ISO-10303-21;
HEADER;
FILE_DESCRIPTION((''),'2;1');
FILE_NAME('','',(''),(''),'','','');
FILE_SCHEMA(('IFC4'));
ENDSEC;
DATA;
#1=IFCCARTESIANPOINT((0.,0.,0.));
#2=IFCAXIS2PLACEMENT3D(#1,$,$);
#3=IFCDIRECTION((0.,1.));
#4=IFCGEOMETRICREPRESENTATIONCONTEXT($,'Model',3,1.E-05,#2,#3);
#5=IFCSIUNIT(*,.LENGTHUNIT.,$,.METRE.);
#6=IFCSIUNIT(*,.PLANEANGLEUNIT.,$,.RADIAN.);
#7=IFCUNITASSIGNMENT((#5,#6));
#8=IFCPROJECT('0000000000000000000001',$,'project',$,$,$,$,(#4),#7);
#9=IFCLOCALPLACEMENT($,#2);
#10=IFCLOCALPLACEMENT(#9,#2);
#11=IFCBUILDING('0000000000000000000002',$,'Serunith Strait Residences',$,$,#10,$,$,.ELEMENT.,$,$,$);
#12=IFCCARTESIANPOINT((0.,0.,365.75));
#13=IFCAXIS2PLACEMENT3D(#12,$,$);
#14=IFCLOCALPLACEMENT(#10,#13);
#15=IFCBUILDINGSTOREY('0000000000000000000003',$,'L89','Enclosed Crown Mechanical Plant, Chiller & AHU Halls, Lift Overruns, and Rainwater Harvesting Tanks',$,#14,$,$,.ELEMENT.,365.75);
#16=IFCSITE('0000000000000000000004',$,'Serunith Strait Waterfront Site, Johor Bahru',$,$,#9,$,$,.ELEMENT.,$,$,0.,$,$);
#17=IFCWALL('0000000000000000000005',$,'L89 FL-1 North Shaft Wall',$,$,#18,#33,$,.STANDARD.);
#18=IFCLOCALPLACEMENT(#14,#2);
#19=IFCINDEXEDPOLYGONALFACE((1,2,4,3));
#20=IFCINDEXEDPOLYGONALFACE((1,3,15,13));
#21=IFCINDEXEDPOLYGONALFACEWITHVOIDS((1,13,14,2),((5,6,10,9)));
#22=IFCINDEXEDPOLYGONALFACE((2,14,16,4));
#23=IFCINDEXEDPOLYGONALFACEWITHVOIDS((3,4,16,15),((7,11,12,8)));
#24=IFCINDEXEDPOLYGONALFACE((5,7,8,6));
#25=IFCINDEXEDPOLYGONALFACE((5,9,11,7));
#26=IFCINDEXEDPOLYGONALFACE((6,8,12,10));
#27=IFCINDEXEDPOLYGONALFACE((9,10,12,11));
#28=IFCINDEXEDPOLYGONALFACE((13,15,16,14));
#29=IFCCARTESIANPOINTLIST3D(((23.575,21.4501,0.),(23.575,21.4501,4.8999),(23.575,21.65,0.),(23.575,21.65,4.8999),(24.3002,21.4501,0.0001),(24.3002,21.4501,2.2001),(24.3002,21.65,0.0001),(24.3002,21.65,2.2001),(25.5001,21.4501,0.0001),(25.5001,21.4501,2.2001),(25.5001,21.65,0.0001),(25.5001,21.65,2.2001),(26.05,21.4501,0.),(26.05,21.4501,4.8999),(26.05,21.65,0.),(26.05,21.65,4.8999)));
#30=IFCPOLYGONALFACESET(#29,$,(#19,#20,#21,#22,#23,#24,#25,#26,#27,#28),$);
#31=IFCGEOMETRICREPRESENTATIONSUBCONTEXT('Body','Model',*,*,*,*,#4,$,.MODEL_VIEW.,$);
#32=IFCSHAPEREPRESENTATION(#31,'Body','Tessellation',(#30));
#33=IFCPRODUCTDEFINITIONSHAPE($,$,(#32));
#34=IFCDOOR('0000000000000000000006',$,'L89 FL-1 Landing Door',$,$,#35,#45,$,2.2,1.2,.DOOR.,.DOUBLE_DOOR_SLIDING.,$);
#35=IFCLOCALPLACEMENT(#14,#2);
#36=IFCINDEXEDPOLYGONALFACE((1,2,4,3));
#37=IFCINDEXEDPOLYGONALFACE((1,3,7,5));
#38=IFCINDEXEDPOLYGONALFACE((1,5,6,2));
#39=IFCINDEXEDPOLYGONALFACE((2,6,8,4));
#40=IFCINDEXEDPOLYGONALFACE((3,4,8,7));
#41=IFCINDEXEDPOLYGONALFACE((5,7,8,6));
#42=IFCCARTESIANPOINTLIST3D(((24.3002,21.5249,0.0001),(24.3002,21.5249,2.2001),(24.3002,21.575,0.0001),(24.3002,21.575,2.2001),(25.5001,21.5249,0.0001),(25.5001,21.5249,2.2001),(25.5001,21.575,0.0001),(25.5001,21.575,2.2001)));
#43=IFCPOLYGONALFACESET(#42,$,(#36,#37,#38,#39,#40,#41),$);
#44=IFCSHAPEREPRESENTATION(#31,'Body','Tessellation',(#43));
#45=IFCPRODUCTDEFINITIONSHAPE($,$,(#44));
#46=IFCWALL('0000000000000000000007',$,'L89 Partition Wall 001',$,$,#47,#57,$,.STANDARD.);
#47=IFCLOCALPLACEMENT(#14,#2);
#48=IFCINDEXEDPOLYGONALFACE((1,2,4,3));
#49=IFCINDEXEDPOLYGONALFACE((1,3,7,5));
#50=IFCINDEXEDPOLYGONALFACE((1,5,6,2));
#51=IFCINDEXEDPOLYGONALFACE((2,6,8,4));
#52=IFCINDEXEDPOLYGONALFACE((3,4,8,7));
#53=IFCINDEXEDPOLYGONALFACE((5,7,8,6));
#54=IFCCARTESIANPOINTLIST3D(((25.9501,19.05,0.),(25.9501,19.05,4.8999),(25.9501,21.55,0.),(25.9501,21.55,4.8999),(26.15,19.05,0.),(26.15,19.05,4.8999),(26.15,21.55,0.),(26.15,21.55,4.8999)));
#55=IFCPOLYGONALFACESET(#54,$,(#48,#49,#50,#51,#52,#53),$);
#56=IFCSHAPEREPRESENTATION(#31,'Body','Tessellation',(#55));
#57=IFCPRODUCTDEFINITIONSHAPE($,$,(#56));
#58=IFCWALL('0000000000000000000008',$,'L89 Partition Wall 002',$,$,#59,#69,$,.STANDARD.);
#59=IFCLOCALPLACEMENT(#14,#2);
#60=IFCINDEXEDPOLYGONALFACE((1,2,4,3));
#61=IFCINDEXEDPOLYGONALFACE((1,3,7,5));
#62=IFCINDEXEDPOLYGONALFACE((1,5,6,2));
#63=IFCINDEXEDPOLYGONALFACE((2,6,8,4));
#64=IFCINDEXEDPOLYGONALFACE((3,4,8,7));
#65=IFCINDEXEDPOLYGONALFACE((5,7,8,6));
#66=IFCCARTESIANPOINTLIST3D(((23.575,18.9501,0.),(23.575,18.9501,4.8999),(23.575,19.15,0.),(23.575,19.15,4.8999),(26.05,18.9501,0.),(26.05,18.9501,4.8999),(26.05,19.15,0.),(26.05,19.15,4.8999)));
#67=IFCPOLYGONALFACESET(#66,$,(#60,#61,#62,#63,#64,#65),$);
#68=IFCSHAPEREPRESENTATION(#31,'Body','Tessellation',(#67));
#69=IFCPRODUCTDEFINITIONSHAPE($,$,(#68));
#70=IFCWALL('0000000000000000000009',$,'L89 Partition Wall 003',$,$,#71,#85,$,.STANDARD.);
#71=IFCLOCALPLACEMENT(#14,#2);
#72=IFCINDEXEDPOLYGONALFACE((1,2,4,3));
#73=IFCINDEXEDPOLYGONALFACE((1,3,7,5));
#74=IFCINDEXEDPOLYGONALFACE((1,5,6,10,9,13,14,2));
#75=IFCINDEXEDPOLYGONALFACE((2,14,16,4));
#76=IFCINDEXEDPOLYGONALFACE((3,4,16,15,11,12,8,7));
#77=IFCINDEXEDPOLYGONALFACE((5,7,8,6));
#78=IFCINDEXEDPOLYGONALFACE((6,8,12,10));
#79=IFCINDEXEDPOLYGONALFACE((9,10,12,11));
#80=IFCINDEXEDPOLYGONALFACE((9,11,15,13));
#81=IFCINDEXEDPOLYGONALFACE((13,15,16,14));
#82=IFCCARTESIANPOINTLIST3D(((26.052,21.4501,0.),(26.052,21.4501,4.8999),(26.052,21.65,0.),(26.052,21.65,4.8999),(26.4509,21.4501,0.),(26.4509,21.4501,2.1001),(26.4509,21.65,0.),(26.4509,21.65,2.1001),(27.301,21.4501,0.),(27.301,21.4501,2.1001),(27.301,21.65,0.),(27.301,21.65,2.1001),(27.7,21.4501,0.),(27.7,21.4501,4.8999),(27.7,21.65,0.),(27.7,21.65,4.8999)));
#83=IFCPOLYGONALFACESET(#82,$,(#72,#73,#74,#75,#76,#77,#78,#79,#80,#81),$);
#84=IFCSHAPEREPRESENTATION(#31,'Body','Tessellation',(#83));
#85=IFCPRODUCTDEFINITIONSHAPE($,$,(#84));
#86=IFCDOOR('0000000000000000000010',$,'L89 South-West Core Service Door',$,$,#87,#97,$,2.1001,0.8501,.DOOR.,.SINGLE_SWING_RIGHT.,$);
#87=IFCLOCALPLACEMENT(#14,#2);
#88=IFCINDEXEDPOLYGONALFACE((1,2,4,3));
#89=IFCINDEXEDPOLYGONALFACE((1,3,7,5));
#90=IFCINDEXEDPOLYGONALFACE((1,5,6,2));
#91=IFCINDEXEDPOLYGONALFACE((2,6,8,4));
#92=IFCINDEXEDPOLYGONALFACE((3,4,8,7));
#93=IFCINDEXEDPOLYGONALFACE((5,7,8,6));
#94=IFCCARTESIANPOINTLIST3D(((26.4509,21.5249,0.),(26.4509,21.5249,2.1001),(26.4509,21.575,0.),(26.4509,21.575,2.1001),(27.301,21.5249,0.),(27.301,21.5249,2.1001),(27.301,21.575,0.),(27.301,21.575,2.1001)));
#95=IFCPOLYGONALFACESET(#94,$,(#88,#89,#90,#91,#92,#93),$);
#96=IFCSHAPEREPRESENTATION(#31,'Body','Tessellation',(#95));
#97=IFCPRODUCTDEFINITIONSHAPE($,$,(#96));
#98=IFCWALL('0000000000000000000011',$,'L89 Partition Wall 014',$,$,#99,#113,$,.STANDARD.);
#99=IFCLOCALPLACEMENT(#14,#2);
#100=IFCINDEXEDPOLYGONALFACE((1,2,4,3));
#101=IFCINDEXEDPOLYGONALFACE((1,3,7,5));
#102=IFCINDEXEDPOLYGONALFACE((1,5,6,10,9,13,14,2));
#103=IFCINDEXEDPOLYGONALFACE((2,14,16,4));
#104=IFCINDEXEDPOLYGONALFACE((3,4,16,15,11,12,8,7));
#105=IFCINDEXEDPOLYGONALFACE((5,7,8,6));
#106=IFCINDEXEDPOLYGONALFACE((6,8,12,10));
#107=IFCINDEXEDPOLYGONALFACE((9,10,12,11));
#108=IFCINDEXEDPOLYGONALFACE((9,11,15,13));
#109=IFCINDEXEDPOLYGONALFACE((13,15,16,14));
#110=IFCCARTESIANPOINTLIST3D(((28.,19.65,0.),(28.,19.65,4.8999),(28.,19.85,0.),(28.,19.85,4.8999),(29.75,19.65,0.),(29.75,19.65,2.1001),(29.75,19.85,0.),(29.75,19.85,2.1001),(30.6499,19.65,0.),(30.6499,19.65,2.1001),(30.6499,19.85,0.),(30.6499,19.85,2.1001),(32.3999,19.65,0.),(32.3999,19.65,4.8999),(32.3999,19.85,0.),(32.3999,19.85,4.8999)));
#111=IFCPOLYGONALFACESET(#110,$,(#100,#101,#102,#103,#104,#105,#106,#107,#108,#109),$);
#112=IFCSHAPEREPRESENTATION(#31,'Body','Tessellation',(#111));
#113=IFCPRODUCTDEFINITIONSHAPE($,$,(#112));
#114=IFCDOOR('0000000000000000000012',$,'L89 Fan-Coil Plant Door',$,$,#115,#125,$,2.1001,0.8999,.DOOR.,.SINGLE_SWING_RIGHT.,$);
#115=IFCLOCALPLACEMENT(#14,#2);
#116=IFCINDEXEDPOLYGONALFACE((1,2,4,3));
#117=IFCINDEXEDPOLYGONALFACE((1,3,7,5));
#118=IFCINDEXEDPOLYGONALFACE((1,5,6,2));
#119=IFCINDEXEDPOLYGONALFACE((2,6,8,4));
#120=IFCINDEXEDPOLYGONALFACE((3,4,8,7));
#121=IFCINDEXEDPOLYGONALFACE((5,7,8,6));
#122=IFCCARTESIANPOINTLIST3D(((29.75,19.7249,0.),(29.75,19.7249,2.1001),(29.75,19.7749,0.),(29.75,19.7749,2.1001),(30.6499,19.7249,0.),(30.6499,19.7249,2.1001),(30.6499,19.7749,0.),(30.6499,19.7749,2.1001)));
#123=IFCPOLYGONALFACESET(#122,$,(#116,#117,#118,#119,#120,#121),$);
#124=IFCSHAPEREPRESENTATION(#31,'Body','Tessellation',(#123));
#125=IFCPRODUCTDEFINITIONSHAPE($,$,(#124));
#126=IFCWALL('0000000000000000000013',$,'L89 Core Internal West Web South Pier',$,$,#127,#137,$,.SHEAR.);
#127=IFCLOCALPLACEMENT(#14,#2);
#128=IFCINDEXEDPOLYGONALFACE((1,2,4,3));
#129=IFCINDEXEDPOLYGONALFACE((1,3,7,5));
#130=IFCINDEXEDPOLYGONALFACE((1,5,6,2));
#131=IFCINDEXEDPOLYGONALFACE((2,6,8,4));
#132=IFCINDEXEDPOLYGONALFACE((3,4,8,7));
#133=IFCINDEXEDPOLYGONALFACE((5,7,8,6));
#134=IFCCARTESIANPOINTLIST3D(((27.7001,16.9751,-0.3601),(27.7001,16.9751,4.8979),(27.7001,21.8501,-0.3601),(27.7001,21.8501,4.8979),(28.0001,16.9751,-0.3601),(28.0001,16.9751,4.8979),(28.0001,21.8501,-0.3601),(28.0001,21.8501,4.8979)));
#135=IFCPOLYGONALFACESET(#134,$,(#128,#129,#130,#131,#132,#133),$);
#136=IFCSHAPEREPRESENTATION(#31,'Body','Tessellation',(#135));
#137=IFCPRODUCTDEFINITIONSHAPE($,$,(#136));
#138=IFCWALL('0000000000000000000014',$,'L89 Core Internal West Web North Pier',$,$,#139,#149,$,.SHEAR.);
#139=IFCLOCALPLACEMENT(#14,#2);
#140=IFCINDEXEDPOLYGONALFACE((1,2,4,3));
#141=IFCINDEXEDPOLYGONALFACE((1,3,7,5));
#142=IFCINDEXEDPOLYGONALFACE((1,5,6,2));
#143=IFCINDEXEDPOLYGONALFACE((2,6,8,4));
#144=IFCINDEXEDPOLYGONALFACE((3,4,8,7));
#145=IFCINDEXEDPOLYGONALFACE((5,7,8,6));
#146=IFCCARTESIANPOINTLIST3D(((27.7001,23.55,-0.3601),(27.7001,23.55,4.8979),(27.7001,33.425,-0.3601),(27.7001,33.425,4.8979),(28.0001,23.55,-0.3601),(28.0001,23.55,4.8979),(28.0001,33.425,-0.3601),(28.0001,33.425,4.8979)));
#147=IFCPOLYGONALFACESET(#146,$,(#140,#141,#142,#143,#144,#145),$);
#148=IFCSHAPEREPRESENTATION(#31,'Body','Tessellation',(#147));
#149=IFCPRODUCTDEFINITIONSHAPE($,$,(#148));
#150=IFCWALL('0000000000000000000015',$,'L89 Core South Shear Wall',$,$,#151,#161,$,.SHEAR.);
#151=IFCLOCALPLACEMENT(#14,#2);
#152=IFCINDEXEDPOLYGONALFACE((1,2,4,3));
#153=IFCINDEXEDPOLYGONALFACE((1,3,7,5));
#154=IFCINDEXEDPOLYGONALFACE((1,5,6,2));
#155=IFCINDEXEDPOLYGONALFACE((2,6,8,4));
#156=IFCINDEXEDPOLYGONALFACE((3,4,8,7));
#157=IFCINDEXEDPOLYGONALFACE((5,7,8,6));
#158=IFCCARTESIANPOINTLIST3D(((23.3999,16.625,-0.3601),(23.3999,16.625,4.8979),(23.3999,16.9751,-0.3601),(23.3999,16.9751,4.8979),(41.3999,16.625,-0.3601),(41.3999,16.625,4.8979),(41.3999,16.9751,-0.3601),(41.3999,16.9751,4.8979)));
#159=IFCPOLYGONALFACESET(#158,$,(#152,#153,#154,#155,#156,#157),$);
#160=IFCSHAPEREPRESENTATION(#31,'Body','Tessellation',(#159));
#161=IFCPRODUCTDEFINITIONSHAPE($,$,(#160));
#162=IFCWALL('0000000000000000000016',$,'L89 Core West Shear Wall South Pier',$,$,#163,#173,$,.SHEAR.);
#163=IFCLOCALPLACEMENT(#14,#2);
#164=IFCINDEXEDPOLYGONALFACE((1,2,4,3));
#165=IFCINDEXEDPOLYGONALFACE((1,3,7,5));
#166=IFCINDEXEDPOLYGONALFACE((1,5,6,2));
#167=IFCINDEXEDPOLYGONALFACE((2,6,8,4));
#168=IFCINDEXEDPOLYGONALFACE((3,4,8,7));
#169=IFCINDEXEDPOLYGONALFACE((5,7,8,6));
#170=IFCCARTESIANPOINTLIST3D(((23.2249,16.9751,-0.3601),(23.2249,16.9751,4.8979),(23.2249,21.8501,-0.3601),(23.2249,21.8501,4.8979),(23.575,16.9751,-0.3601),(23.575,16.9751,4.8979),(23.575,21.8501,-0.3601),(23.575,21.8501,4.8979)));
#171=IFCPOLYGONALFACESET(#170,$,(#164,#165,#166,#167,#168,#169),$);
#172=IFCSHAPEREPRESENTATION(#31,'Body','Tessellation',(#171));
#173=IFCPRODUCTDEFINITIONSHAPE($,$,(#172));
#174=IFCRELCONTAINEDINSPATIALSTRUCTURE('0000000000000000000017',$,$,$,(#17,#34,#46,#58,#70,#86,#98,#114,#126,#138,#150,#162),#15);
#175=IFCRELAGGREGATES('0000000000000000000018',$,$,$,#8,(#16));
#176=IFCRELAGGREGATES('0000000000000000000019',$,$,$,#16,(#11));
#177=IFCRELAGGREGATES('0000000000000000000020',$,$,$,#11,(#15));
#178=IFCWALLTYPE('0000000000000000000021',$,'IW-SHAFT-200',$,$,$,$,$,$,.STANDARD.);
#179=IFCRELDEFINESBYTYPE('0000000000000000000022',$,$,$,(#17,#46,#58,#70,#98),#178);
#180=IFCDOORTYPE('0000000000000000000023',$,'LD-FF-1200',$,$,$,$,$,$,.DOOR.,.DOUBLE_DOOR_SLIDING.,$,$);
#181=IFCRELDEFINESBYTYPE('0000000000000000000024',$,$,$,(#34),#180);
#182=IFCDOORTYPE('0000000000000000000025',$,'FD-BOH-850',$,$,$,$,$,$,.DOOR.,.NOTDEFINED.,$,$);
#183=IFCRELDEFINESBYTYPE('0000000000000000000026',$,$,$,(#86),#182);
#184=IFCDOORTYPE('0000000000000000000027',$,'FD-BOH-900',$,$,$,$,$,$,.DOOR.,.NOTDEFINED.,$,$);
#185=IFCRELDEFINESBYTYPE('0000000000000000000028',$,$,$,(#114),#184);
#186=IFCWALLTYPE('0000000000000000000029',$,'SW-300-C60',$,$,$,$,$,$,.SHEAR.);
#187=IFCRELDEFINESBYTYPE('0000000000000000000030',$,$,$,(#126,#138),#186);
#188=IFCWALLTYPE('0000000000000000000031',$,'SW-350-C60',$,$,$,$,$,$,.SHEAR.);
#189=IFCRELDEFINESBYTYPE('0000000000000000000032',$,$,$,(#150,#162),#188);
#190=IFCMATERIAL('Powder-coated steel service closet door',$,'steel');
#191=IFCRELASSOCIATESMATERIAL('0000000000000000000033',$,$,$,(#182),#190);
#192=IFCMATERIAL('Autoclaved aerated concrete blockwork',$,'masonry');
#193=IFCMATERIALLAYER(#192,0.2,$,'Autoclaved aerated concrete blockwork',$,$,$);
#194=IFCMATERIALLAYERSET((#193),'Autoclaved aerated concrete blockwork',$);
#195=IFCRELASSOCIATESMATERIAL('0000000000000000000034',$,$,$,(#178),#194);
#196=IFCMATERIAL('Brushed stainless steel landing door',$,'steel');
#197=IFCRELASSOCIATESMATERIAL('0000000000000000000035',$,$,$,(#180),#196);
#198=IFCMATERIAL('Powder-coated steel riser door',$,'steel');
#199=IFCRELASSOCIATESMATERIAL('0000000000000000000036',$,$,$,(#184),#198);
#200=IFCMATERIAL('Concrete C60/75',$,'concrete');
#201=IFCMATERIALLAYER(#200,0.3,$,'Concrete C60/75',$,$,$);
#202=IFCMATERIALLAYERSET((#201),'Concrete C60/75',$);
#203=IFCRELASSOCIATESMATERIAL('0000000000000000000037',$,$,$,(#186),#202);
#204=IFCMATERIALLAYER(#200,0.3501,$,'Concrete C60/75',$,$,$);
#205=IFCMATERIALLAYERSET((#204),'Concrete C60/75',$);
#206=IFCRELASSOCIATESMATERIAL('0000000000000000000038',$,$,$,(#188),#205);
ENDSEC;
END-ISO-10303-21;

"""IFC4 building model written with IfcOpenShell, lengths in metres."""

from ifc_helpers import new_model, si_unit, direction, frame, frame_2d, origin, place, context, subcontext, project, spatial, rectangle, extrude, source, transform, mapped, material, layer, layer_set, type_object, element, fill, save


model = new_model("IFC4")

# Units and contexts
model_context = context("Model", 3, precision=1e-05, world=origin(), true_north=direction((0.0, 1.0)))
body_context = subcontext(model_context, "Body", "Model", "MODEL_VIEW")
ifc_project = project(units=[si_unit("LENGTHUNIT", "METRE"), si_unit("PLANEANGLEUNIT", "RADIAN")], contexts=[model_context])

# Site, building, storey
site_placement = place(None, origin())
site = spatial("IfcSite", under=ifc_project, at=site_placement, Name="Serunith Strait Waterfront Site, Johor Bahru", CompositionType="ELEMENT", RefElevation=0.0)
building_placement = place(site_placement, origin())
building = spatial("IfcBuilding", under=site, at=building_placement, Name="Serunith Strait Residences", CompositionType="ELEMENT")
storey_placement = place(building_placement, frame((0.0, 0.0, 365.75)))
storey = spatial("IfcBuildingStorey", under=building, at=storey_placement, Name="L89", Description="Enclosed Crown Mechanical Plant, Chiller & AHU Halls, Lift Overruns, and Rainwater Harvesting Tanks", CompositionType="ELEMENT", Elevation=365.75)

# Wall, opening, door
ifc_material_1 = material(Name="Powder-coated steel service closet door", Category="steel")
door_type_1 = type_object("IfcDoorType", Name="FD-BOH-850", OperationType="NOTDEFINED", PredefinedType="DOOR", material=ifc_material_1)
shared_shape_1 = source(origin(), body_context, "Body", "SweptSolid", [
    extrude(rectangle(XDim=0.8501, YDim=2.1001, at=frame_2d((0.425, 1.05))), frame((0.0, 0.0249, 0.0), z_axis=(0.0, -1.0, 0.0), x_axis=(1.0, 0.0, 0.0)), (0.0, 0.0, 1.0), 0.05),
])
ifc_material_2 = material(Name="Autoclaved aerated concrete blockwork", Category="masonry")
ifc_layer_1 = layer(ifc_material_2, 0.2, Name="Autoclaved aerated concrete blockwork")
ifc_layer_set_1 = layer_set([ifc_layer_1], Name="Autoclaved aerated concrete blockwork")
wall_type_1 = type_object("IfcWallType", Name="IW-SHAFT-200", PredefinedType="STANDARD", material=ifc_layer_set_1)
wall_1_placement = place(storey_placement, frame((23.575, 21.55, 0.0), z_axis=(0.0, 0.0, 1.0), x_axis=(1.0, 0.0, 0.0)))
wall_1 = element("IfcWall", 1, at=wall_1_placement, inside=storey, type_object=wall_type_1, Name="L89 FL-1 North Shaft Wall", PredefinedType="STANDARD", context=body_context, shape_type="SweptSolid", body=[
    extrude(rectangle(XDim=2.4751, YDim=0.2, at=frame_2d((1.2375, 0.0))), origin(), (0.0, 0.0, 1.0), 4.8999),
])
opening_1_placement = place(wall_1_placement, frame((0.7251, 0.0, 0.0)))
opening_1 = element("IfcOpeningElement", 2, at=opening_1_placement, cuts=wall_1, PredefinedType="OPENING", context=body_context, shape_type="SweptSolid", body=[
    extrude(rectangle(XDim=1.2, YDim=2.2, at=frame_2d((0.6001, 1.1001))), frame((0.0, 0.1099, 0.0), z_axis=(0.0, -1.0, 0.0), x_axis=(1.0, 0.0, 0.0)), (0.0, 0.0, 1.0), 0.22),
])
ifc_material_3 = material(Name="Brushed stainless steel landing door", Category="steel")
door_type_2 = type_object("IfcDoorType", Name="LD-FF-1200", OperationType="DOUBLE_DOOR_SLIDING", PredefinedType="DOOR", material=ifc_material_3)
shared_shape_2 = source(origin(), body_context, "Body", "SweptSolid", [
    extrude(rectangle(XDim=1.2, YDim=2.2, at=frame_2d((0.6001, 1.1001))), frame((0.0, 0.0249, 0.0), z_axis=(0.0, -1.0, 0.0), x_axis=(1.0, 0.0, 0.0)), (0.0, 0.0, 1.0), 0.05),
])
door_1_placement = place(opening_1_placement, origin())
door_1 = element("IfcDoor", 3, at=door_1_placement, inside=storey, type_object=door_type_2, Name="L89 FL-1 Landing Door", OperationType="DOUBLE_DOOR_SLIDING", OverallHeight=2.2, OverallWidth=1.2, PredefinedType="DOOR", context=body_context, shape_type="MappedRepresentation", body=[
    mapped(shared_shape_2, transform((0.0, 0.0, 0.0), scale=1.0)),
])
fill(opening_1, door_1)

# Walls
wall_2_placement = place(storey_placement, frame((26.05, 19.05, 0.0), z_axis=(0.0, 0.0, 1.0), x_axis=(0.0, 1.0, 0.0)))
element("IfcWall", 4, at=wall_2_placement, inside=storey, type_object=wall_type_1, Name="L89 Partition Wall 001", PredefinedType="STANDARD", context=body_context, shape_type="SweptSolid", body=[
    extrude(rectangle(XDim=2.5, YDim=0.2, at=frame_2d((1.25, 0.0))), origin(), (0.0, 0.0, 1.0), 4.8999),
])
wall_3_placement = place(storey_placement, frame((23.575, 19.05, 0.0), z_axis=(0.0, 0.0, 1.0), x_axis=(1.0, 0.0, 0.0)))
element("IfcWall", 5, at=wall_3_placement, inside=storey, type_object=wall_type_1, Name="L89 Partition Wall 002", PredefinedType="STANDARD", context=body_context, shape_type="SweptSolid", body=[
    extrude(rectangle(XDim=2.4751, YDim=0.2, at=frame_2d((1.2375, 0.0))), origin(), (0.0, 0.0, 1.0), 4.8999),
])

# Walls, openings, doors
wall_4_placement = place(storey_placement, frame((26.052, 21.55, 0.0), z_axis=(0.0, 0.0, 1.0), x_axis=(1.0, 0.0, 0.0)))
wall_4 = element("IfcWall", 6, at=wall_4_placement, inside=storey, type_object=wall_type_1, Name="L89 Partition Wall 003", PredefinedType="STANDARD", context=body_context, shape_type="SweptSolid", body=[
    extrude(rectangle(XDim=1.6479, YDim=0.2, at=frame_2d((0.824, 0.0))), origin(), (0.0, 0.0, 1.0), 4.8999),
])
opening_2_placement = place(wall_4_placement, frame((0.3989, 0.0, 0.0)))
opening_2 = element("IfcOpeningElement", 7, at=opening_2_placement, cuts=wall_4, PredefinedType="OPENING", context=body_context, shape_type="SweptSolid", body=[
    extrude(rectangle(XDim=0.8501, YDim=2.1001, at=frame_2d((0.425, 1.05))), frame((0.0, 0.1099, 0.0), z_axis=(0.0, -1.0, 0.0), x_axis=(1.0, 0.0, 0.0)), (0.0, 0.0, 1.0), 0.22),
])
door_2_placement = place(opening_2_placement, origin())
door_2 = element("IfcDoor", 8, at=door_2_placement, inside=storey, type_object=door_type_1, Name="L89 South-West Core Service Door", OperationType="SINGLE_SWING_RIGHT", OverallHeight=2.1001, OverallWidth=0.8501, PredefinedType="DOOR", context=body_context, shape_type="MappedRepresentation", body=[
    mapped(shared_shape_1, transform((0.0, 0.0, 0.0), scale=1.0)),
])
fill(opening_2, door_2)
wall_5_placement = place(storey_placement, frame((28.0, 19.75, 0.0), z_axis=(0.0, 0.0, 1.0), x_axis=(1.0, 0.0, 0.0)))
wall_5 = element("IfcWall", 9, at=wall_5_placement, inside=storey, type_object=wall_type_1, Name="L89 Partition Wall 014", PredefinedType="STANDARD", context=body_context, shape_type="SweptSolid", body=[
    extrude(rectangle(XDim=4.3999, YDim=0.2, at=frame_2d((2.2, 0.0))), origin(), (0.0, 0.0, 1.0), 4.8999),
])
opening_3_placement = place(wall_5_placement, frame((1.75, 0.0, 0.0)))
opening_3 = element("IfcOpeningElement", 10, at=opening_3_placement, cuts=wall_5, PredefinedType="OPENING", context=body_context, shape_type="SweptSolid", body=[
    extrude(rectangle(XDim=0.8999, YDim=2.1001, at=frame_2d((0.45, 1.05))), frame((0.0, 0.1099, 0.0), z_axis=(0.0, -1.0, 0.0), x_axis=(1.0, 0.0, 0.0)), (0.0, 0.0, 1.0), 0.22),
])
ifc_material_4 = material(Name="Powder-coated steel riser door", Category="steel")
door_type_3 = type_object("IfcDoorType", Name="FD-BOH-900", OperationType="NOTDEFINED", PredefinedType="DOOR", material=ifc_material_4)
shared_shape_3 = source(origin(), body_context, "Body", "SweptSolid", [
    extrude(rectangle(XDim=0.8999, YDim=2.1001, at=frame_2d((0.45, 1.05))), frame((0.0, 0.0249, 0.0), z_axis=(0.0, -1.0, 0.0), x_axis=(1.0, 0.0, 0.0)), (0.0, 0.0, 1.0), 0.05),
])
door_3_placement = place(opening_3_placement, origin())
door_3 = element("IfcDoor", 11, at=door_3_placement, inside=storey, type_object=door_type_3, Name="L89 Fan-Coil Plant Door", OperationType="SINGLE_SWING_RIGHT", OverallHeight=2.1001, OverallWidth=0.8999, PredefinedType="DOOR", context=body_context, shape_type="MappedRepresentation", body=[
    mapped(shared_shape_3, transform((0.0, 0.0, 0.0), scale=1.0)),
])
fill(opening_3, door_3)

# Walls
ifc_material_5 = material(Name="Concrete C60/75", Category="concrete")
ifc_layer_2 = layer(ifc_material_5, 0.3, Name="Concrete C60/75")
ifc_layer_set_2 = layer_set([ifc_layer_2], Name="Concrete C60/75")
wall_type_2 = type_object("IfcWallType", Name="SW-300-C60", PredefinedType="SHEAR", material=ifc_layer_set_2)
wall_6_placement = place(storey_placement, frame((27.8501, 16.9751, -0.3601), z_axis=(0.0, 0.0, 1.0), x_axis=(0.0, 1.0, 0.0)))
element("IfcWall", 12, at=wall_6_placement, inside=storey, type_object=wall_type_2, Name="L89 Core Internal West Web South Pier", PredefinedType="SHEAR", context=body_context, shape_type="SweptSolid", body=[
    extrude(rectangle(XDim=4.875, YDim=0.3, at=frame_2d((2.4375, 0.0))), origin(), (0.0, 0.0, 1.0), 5.2581),
])
wall_7_placement = place(storey_placement, frame((27.8501, 23.55, -0.3601), z_axis=(0.0, 0.0, 1.0), x_axis=(0.0, 1.0, 0.0)))
element("IfcWall", 13, at=wall_7_placement, inside=storey, type_object=wall_type_2, Name="L89 Core Internal West Web North Pier", PredefinedType="SHEAR", context=body_context, shape_type="SweptSolid", body=[
    extrude(rectangle(XDim=9.875, YDim=0.3, at=frame_2d((4.9375, 0.0))), origin(), (0.0, 0.0, 1.0), 5.2581),
])
ifc_layer_3 = layer(ifc_material_5, 0.3501, Name="Concrete C60/75")
ifc_layer_set_3 = layer_set([ifc_layer_3], Name="Concrete C60/75")
wall_type_3 = type_object("IfcWallType", Name="SW-350-C60", PredefinedType="SHEAR", material=ifc_layer_set_3)
wall_8_placement = place(storey_placement, frame((23.3999, 16.8, -0.3601), z_axis=(0.0, 0.0, 1.0), x_axis=(1.0, 0.0, 0.0)))
element("IfcWall", 14, at=wall_8_placement, inside=storey, type_object=wall_type_3, Name="L89 Core South Shear Wall", PredefinedType="SHEAR", context=body_context, shape_type="SweptSolid", body=[
    extrude(rectangle(XDim=18.0, YDim=0.3501, at=frame_2d((9.0, 0.0))), origin(), (0.0, 0.0, 1.0), 5.2581),
])
wall_9_placement = place(storey_placement, frame((23.3999, 16.9751, -0.3601), z_axis=(0.0, 0.0, 1.0), x_axis=(0.0, 1.0, 0.0)))
element("IfcWall", 15, at=wall_9_placement, inside=storey, type_object=wall_type_3, Name="L89 Core West Shear Wall South Pier", PredefinedType="SHEAR", context=body_context, shape_type="SweptSolid", body=[
    extrude(rectangle(XDim=4.875, YDim=0.3501, at=frame_2d((2.4375, 0.0))), origin(), (0.0, 0.0, 1.0), 5.2581),
])

save(model, "model.ifc")
